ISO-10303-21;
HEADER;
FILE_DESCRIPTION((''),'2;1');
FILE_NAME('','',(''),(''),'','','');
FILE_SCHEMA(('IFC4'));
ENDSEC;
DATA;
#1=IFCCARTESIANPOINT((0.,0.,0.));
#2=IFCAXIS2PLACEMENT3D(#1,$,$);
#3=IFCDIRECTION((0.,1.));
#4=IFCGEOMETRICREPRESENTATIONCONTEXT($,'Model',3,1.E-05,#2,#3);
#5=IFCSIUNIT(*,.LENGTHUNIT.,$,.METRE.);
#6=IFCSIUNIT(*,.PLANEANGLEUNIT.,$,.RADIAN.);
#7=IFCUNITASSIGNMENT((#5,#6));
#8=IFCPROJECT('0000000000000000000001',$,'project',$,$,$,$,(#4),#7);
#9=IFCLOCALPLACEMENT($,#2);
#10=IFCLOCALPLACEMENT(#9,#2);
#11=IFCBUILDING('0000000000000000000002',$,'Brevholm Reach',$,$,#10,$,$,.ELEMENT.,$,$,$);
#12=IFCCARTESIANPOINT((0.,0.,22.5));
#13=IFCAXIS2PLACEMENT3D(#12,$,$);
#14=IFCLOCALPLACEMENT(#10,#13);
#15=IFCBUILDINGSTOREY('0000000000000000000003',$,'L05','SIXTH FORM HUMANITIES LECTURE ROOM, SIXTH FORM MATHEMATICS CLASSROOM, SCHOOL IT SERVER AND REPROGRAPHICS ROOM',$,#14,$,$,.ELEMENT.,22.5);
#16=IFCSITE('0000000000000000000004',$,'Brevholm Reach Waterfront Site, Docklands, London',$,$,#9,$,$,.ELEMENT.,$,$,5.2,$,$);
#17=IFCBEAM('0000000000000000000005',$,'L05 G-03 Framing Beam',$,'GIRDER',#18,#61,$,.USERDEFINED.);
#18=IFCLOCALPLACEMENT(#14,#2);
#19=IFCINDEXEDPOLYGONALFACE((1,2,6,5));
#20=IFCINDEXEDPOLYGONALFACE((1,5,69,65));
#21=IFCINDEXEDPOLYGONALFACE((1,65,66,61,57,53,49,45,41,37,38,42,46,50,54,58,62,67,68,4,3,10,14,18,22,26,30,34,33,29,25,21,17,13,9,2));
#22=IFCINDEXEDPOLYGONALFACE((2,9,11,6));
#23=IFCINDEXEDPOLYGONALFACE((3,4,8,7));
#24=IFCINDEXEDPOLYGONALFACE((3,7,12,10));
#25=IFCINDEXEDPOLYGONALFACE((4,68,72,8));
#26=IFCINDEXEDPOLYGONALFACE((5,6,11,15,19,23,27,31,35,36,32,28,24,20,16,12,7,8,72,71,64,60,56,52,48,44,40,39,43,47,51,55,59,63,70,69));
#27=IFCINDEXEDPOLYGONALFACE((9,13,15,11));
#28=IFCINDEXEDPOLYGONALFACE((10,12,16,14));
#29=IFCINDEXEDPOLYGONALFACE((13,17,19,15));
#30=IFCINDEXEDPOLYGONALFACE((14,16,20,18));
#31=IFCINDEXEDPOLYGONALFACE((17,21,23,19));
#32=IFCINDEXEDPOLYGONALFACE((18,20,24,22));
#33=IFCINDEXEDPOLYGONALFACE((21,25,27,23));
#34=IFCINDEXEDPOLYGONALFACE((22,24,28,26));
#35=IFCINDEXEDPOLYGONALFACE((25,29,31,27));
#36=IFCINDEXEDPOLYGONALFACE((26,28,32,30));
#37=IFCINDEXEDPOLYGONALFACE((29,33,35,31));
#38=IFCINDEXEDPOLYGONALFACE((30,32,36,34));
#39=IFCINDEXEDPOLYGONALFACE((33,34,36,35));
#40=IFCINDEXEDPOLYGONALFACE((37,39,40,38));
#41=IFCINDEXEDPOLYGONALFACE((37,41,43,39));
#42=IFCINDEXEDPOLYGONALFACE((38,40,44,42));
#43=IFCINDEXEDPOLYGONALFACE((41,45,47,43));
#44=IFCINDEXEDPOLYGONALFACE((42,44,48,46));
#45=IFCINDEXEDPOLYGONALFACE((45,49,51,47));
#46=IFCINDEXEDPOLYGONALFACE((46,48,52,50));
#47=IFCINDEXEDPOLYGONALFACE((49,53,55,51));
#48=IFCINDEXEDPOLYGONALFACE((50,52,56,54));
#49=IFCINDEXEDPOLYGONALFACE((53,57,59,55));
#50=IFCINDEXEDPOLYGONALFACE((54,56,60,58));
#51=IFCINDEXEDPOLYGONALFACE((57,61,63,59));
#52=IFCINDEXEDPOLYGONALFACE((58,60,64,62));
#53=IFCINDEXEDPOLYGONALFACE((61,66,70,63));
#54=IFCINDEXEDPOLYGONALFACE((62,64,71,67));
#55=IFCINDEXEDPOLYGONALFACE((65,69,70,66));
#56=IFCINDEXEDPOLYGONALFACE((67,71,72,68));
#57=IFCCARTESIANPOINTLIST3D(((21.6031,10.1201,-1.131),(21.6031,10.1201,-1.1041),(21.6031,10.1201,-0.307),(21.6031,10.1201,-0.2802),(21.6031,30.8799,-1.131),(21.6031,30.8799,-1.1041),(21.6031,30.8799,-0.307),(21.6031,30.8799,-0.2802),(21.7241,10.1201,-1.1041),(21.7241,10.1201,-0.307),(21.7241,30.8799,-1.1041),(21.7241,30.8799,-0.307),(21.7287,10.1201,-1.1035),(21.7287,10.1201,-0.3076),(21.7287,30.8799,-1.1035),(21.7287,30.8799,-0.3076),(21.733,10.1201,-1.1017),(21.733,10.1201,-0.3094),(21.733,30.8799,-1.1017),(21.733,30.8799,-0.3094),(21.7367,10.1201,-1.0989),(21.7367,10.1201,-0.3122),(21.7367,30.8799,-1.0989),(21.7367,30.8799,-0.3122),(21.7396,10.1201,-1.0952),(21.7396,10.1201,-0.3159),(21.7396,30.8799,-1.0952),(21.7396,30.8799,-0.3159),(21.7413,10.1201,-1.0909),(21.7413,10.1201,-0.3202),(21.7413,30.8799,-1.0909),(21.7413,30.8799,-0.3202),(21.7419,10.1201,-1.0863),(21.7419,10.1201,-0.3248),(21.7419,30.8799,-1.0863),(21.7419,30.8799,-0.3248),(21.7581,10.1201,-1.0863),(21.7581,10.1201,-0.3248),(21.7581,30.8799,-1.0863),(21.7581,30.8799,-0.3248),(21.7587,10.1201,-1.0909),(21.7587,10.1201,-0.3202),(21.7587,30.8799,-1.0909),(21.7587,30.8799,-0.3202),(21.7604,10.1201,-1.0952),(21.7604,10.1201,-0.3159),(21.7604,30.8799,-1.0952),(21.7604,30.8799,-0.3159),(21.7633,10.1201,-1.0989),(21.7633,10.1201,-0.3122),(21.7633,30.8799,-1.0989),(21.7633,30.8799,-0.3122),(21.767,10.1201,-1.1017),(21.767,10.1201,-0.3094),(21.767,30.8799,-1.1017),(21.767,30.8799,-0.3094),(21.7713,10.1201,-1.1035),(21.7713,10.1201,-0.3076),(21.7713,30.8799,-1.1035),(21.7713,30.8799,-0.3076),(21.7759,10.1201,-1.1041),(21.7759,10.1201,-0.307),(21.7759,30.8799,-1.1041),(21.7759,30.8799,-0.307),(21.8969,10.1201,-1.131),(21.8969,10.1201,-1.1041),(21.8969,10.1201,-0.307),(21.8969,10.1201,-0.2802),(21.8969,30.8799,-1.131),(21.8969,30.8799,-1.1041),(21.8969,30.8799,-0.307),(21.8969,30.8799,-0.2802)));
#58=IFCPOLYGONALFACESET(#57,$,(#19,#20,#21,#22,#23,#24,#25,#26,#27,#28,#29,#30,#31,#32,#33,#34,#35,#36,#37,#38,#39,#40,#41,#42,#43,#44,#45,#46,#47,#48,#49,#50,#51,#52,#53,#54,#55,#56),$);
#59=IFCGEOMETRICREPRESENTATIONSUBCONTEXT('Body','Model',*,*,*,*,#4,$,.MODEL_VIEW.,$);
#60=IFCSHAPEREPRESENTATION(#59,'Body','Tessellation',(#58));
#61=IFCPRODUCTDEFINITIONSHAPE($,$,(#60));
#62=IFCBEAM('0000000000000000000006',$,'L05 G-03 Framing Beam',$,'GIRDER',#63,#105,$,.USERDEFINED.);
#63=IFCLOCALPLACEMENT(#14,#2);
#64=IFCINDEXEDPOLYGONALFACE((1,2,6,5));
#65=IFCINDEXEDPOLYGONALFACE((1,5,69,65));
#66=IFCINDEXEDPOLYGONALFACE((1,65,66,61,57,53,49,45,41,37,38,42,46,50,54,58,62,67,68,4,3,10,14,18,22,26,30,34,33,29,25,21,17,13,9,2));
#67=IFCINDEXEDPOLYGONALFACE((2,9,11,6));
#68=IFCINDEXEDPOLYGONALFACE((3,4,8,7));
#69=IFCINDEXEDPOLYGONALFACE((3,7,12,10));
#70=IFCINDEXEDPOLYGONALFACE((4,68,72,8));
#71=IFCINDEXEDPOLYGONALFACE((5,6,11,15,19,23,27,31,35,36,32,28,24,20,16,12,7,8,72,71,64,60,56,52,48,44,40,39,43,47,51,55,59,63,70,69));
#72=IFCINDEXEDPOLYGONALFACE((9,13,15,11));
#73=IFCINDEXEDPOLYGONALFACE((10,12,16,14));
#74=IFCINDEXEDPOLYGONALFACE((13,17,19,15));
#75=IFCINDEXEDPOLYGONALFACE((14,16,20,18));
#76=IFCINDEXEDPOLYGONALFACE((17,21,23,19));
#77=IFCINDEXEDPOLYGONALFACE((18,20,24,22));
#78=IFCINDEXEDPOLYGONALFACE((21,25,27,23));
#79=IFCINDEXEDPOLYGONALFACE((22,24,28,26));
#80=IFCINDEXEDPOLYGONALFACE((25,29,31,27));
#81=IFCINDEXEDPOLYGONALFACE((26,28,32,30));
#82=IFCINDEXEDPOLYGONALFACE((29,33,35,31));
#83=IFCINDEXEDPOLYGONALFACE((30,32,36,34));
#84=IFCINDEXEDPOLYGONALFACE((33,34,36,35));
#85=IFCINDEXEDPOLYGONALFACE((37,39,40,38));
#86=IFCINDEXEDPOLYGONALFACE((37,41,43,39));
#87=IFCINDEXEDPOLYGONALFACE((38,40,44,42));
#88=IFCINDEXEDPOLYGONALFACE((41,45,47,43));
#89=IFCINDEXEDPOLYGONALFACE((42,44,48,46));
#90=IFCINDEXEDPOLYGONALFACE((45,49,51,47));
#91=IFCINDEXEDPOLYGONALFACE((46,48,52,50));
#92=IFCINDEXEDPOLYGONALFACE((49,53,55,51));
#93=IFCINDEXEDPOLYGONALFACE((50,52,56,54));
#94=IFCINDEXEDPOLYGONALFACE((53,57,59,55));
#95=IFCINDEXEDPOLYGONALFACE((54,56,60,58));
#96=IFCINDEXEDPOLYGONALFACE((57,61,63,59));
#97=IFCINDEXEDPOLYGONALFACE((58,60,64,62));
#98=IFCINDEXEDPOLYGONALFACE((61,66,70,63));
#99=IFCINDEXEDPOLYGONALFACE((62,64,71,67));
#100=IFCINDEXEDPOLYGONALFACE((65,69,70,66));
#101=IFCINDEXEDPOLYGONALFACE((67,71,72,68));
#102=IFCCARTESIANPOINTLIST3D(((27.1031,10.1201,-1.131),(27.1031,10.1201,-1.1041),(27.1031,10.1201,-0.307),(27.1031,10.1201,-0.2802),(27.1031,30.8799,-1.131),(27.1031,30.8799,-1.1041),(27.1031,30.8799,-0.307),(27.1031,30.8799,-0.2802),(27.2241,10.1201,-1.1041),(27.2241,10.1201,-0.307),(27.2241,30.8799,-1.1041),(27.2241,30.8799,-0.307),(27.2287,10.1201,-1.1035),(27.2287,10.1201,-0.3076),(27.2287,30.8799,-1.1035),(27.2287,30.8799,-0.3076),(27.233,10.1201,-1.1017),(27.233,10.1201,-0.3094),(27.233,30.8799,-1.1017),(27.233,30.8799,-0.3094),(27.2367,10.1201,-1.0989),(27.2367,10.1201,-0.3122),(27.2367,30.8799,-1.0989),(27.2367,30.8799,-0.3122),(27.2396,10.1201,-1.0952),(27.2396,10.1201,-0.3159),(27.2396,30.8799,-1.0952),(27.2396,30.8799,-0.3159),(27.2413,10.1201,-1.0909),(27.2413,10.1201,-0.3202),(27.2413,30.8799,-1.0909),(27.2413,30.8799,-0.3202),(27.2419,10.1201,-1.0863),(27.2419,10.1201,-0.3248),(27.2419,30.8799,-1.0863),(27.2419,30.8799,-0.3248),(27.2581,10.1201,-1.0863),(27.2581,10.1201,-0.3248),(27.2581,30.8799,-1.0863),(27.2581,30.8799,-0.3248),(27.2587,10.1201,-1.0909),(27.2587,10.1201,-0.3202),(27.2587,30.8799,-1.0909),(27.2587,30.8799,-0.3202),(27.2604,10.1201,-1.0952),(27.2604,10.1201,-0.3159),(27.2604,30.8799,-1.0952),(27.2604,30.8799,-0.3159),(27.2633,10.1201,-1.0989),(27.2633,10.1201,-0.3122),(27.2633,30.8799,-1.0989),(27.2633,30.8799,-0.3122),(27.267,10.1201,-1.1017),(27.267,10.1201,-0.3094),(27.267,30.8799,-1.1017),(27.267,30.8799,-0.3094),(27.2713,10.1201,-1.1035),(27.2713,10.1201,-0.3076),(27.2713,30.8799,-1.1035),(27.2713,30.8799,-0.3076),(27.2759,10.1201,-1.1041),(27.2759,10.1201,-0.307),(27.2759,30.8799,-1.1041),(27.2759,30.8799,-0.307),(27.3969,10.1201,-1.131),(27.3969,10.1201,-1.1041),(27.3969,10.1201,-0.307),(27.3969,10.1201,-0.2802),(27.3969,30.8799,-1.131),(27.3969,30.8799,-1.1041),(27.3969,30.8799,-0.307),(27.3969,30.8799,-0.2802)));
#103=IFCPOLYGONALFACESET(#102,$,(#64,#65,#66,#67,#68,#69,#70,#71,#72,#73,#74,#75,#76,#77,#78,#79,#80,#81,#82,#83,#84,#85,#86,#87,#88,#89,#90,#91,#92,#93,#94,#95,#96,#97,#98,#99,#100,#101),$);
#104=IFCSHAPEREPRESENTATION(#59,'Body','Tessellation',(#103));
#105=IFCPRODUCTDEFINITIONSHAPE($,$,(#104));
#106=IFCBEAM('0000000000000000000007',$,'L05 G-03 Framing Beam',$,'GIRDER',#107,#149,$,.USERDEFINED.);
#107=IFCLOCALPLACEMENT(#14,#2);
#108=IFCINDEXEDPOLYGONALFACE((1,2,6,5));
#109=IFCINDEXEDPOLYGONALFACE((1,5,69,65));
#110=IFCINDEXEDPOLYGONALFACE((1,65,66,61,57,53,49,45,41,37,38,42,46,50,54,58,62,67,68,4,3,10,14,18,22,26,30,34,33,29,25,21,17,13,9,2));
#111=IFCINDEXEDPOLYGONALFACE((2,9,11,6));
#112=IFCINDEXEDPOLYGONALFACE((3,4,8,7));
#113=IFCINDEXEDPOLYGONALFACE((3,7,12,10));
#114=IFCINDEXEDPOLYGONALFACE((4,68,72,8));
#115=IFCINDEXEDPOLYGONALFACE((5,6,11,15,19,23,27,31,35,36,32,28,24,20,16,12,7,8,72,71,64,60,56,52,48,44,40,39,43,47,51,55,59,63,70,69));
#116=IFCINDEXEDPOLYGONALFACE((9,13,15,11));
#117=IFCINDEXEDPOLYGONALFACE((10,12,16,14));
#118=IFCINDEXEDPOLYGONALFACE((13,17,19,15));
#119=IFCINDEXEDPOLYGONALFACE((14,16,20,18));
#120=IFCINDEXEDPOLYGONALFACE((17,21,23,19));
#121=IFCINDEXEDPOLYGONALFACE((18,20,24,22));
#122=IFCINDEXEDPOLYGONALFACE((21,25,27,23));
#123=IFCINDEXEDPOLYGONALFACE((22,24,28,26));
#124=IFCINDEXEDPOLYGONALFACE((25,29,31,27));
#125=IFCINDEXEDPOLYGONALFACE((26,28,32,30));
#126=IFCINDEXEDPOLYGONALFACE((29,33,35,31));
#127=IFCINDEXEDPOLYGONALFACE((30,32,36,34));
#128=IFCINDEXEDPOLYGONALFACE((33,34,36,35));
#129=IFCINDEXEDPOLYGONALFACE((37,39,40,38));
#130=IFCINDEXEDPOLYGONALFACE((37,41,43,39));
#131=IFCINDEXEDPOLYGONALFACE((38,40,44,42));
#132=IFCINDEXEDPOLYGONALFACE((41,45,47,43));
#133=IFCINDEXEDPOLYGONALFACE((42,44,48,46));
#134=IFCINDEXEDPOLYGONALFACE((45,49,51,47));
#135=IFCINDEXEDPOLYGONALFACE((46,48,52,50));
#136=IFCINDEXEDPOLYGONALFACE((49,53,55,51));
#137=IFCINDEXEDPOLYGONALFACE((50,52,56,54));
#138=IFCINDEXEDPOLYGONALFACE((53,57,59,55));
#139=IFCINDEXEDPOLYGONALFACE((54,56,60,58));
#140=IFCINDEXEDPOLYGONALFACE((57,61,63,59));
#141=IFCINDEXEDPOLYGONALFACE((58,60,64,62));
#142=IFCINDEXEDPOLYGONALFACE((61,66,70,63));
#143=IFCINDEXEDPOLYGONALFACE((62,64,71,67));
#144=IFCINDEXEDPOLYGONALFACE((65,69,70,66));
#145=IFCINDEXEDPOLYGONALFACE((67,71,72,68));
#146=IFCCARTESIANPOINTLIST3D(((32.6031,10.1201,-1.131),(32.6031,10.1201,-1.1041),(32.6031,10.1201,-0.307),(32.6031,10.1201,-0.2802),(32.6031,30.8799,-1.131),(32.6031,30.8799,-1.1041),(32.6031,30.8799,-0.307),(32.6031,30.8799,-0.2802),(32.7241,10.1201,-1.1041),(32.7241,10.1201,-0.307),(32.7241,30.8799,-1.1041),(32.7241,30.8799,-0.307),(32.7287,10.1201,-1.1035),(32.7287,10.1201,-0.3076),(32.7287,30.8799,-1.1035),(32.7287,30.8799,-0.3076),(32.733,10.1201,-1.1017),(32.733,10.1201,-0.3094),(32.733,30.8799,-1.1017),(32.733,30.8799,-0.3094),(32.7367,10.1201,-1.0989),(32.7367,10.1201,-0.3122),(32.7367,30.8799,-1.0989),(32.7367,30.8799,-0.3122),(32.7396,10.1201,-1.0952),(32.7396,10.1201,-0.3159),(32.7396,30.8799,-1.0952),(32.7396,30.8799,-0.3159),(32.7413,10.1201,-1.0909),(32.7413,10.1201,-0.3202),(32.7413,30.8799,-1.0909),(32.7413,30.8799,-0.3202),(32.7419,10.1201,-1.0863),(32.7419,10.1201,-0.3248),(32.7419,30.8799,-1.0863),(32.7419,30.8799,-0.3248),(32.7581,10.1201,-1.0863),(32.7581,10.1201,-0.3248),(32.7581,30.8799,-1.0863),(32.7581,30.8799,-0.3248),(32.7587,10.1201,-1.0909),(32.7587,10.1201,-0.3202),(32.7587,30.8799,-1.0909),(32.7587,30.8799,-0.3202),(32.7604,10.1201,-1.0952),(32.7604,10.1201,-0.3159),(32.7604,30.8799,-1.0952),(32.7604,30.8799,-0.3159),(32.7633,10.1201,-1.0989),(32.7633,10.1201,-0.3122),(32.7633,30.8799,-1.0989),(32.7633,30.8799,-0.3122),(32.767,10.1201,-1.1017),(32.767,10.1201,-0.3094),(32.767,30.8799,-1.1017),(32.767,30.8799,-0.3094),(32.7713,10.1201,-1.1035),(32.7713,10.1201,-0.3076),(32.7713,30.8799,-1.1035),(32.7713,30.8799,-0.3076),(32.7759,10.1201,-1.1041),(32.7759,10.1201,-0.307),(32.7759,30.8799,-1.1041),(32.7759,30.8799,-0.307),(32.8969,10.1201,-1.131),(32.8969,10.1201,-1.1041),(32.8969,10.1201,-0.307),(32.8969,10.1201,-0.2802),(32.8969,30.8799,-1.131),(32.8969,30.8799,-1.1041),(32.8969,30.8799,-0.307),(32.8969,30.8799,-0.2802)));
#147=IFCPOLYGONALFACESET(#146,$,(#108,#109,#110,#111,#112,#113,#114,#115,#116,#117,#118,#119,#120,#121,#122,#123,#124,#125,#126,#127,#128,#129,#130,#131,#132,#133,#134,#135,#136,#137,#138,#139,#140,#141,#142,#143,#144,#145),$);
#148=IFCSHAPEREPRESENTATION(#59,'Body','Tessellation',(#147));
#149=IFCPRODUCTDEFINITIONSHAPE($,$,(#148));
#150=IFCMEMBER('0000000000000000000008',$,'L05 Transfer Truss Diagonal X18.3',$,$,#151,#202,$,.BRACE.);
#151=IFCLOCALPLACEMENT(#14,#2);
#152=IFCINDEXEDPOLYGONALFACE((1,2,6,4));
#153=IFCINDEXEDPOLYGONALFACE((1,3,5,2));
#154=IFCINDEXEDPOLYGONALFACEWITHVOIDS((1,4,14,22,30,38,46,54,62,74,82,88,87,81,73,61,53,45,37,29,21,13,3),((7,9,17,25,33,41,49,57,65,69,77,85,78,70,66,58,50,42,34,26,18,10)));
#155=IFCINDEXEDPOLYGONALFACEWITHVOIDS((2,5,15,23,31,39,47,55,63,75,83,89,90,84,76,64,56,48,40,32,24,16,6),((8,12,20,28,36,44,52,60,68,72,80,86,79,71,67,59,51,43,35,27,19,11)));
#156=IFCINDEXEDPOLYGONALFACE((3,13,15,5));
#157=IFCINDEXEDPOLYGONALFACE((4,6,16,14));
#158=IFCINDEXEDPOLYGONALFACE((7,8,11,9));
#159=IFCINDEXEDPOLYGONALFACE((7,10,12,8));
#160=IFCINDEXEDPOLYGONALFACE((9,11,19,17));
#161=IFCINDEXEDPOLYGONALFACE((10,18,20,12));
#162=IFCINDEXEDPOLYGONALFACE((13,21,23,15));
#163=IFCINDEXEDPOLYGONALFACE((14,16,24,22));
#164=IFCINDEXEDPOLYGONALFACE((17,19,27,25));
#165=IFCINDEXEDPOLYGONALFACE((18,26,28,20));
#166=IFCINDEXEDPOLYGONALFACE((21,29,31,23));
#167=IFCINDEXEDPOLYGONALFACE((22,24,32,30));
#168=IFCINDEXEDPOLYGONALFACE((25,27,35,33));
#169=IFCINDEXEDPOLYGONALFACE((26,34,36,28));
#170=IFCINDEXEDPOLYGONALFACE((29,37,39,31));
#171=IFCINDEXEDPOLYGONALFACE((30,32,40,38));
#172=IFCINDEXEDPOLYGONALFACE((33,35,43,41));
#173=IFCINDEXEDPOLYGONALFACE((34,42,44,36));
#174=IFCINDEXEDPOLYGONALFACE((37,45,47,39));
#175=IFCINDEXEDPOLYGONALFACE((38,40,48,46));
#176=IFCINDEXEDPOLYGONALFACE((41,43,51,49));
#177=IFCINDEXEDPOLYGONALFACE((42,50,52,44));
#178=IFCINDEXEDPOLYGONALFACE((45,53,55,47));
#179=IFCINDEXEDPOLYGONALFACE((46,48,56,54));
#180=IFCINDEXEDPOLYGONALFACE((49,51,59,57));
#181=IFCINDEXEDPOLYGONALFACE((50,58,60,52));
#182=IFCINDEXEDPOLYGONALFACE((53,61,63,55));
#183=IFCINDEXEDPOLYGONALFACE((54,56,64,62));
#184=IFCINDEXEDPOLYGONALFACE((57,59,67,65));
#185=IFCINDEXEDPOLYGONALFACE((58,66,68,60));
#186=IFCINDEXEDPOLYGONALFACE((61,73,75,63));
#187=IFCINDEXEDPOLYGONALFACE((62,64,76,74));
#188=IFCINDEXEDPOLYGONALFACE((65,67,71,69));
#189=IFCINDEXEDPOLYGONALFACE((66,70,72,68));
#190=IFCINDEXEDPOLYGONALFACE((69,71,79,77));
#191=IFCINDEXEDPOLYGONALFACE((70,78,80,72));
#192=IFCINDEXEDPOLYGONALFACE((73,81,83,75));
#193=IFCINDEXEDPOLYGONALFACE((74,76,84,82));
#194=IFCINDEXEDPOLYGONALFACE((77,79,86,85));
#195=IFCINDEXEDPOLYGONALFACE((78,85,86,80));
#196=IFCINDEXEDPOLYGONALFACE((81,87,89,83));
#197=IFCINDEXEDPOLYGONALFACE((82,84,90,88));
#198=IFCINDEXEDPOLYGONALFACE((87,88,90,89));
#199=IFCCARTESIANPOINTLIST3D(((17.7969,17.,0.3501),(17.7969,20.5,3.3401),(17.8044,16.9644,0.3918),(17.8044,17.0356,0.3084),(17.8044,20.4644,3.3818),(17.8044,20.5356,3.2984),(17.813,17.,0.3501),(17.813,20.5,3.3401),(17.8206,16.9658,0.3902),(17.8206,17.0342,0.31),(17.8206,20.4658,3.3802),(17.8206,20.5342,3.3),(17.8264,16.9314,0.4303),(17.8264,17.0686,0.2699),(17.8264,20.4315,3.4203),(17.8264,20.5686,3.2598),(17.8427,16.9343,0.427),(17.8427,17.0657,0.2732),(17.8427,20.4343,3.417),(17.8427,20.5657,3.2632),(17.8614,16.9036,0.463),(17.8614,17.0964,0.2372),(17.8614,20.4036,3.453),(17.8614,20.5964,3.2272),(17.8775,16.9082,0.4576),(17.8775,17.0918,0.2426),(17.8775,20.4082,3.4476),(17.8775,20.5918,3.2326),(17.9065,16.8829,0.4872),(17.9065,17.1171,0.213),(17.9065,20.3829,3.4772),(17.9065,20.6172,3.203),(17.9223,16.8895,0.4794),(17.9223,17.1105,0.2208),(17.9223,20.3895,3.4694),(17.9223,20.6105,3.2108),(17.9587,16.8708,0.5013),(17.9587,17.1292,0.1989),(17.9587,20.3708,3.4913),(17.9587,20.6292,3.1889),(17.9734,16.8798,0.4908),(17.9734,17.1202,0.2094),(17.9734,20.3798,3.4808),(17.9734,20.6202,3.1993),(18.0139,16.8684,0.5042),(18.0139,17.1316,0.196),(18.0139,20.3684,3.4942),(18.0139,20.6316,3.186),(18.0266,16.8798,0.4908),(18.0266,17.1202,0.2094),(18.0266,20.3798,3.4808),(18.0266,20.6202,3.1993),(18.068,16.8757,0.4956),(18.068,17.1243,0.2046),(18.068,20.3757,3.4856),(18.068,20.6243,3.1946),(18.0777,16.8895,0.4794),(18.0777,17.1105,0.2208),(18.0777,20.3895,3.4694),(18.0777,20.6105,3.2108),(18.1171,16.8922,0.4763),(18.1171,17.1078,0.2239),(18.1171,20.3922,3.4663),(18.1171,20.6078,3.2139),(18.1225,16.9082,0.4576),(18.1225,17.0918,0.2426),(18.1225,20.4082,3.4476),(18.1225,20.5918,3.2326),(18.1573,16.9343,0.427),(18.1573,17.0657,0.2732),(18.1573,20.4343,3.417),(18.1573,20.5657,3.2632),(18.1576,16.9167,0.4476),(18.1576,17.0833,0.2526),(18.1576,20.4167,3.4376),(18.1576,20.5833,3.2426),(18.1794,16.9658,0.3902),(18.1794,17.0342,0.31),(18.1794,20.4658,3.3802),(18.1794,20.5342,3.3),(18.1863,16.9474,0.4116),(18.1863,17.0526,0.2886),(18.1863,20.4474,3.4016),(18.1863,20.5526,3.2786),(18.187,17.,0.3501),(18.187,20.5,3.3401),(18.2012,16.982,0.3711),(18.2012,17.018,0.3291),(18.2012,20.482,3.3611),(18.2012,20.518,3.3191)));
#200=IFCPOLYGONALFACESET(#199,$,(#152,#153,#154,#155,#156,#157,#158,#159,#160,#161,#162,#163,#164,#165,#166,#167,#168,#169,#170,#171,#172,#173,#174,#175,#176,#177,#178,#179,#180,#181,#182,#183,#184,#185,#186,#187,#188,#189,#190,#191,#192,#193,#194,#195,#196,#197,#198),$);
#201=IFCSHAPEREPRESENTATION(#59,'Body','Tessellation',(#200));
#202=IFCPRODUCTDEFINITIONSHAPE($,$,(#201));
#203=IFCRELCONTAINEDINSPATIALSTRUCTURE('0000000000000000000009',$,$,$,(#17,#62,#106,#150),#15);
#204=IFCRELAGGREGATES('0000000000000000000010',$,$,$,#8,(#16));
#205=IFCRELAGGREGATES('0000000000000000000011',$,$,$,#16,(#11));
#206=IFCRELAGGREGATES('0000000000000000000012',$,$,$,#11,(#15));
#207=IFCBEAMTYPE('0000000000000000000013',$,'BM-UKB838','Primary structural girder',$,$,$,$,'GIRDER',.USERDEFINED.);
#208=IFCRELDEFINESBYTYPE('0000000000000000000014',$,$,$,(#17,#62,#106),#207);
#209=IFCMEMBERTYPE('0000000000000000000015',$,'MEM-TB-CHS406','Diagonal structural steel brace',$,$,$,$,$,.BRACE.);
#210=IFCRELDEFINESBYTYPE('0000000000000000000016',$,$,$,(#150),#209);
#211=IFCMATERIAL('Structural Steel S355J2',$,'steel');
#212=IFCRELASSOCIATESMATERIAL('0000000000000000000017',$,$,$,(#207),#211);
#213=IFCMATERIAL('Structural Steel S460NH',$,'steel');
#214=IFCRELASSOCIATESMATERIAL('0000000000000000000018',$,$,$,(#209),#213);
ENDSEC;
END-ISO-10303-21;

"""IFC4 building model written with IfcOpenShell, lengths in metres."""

from ifc_helpers import new_model, si_unit, direction, frame, origin, origin_2d, place, context, subcontext, project, spatial, hollow_circle, i_section, extrude, material, material_profile, profile_set, type_object, element, save


model = new_model("IFC4")

# Units and contexts
model_context = context("Model", 3, precision=1e-05, world=origin(), true_north=direction((0.0, 1.0)))
body_context = subcontext(model_context, "Body", "Model", "MODEL_VIEW")
ifc_project = project(units=[si_unit("LENGTHUNIT", "METRE"), si_unit("PLANEANGLEUNIT", "RADIAN")], contexts=[model_context])

# Site, building, storey
site_placement = place(None, origin())
site = spatial("IfcSite", under=ifc_project, at=site_placement, Name="Brevholm Reach Waterfront Site, Docklands, London", CompositionType="ELEMENT", RefElevation=5.2)
building_placement = place(site_placement, origin())
building = spatial("IfcBuilding", under=site, at=building_placement, Name="Brevholm Reach", CompositionType="ELEMENT")
storey_placement = place(building_placement, frame((0.0, 0.0, 22.5)))
storey = spatial("IfcBuildingStorey", under=building, at=storey_placement, Name="L05", Description="SIXTH FORM HUMANITIES LECTURE ROOM, SIXTH FORM MATHEMATICS CLASSROOM, SCHOOL IT SERVER AND REPROGRAPHICS ROOM", CompositionType="ELEMENT", Elevation=22.5)

# Beams
ifc_material_1 = material(Name="Structural Steel S355J2", Category="steel")
ifc_material_profile_1 = material_profile(ifc_material_1, i_section(OverallWidth=0.2937, OverallDepth=0.8508, WebThickness=0.0161, FlangeThickness=0.0269, FilletRadius=0.0178, at=origin_2d()), Name="UKB 838x292x226")
ifc_profile_set_1 = profile_set([ifc_material_profile_1], Name="Structural Steel S355J2")
beam_type_1 = type_object("IfcBeamType", Name="BM-UKB838", Description="Primary structural girder", ElementType="GIRDER", PredefinedType="USERDEFINED", material=ifc_profile_set_1)
for number, where, z_axis, x_axis, name in (
    (1, (21.75, 10.1201, -0.7056), (0.0, 1.0, 0.0), (-1.0, 0.0, 0.0), "L05 G-03 Framing Beam"),
    (2, (27.25, 10.1201, -0.7056), (0.0, 1.0, 0.0), (-1.0, 0.0, 0.0), "L05 G-03 Framing Beam"),
    (3, (32.75, 10.1201, -0.7056), (0.0, 1.0, 0.0), (-1.0, 0.0, 0.0), "L05 G-03 Framing Beam"),
):
    element("IfcBeam", number, at=place(storey_placement, frame(where, z_axis=z_axis, x_axis=x_axis)), inside=storey, type_object=beam_type_1, Name=name, ObjectType="GIRDER", PredefinedType="USERDEFINED", context=body_context, shape_type="SweptSolid", body=[
        extrude(i_section(OverallWidth=0.2937, OverallDepth=0.8508, WebThickness=0.0161, FlangeThickness=0.0269, FilletRadius=0.0178, at=origin_2d()), origin(), (0.0, 0.0, 1.0), 20.7598),
    ])

# Member
ifc_material_2 = material(Name="Structural Steel S460NH", Category="steel")
ifc_material_profile_2 = material_profile(ifc_material_2, hollow_circle(Radius=0.2031, WallThickness=0.0161, at=origin_2d()), Name="CHS 406.4x16")
ifc_profile_set_2 = profile_set([ifc_material_profile_2], Name="Structural Steel S460NH")
member_type_1 = type_object("IfcMemberType", Name="MEM-TB-CHS406", Description="Diagonal structural steel brace", PredefinedType="BRACE", material=ifc_profile_set_2)
member_1_placement = place(storey_placement, frame((18.0, 17.0, 0.3501), z_axis=(0.0, 0.76033, 0.649537), x_axis=(-1.0, 0.0, 0.0)))
element("IfcMember", 4, at=member_1_placement, inside=storey, type_object=member_type_1, Name="L05 Transfer Truss Diagonal X18.3", PredefinedType="BRACE", context=body_context, shape_type="SweptSolid", body=[
    extrude(hollow_circle(Radius=0.2031, WallThickness=0.0161, at=origin_2d()), origin(), (0.0, 0.0, 1.0), 4.6033),
])

save(model, "model.ifc")
